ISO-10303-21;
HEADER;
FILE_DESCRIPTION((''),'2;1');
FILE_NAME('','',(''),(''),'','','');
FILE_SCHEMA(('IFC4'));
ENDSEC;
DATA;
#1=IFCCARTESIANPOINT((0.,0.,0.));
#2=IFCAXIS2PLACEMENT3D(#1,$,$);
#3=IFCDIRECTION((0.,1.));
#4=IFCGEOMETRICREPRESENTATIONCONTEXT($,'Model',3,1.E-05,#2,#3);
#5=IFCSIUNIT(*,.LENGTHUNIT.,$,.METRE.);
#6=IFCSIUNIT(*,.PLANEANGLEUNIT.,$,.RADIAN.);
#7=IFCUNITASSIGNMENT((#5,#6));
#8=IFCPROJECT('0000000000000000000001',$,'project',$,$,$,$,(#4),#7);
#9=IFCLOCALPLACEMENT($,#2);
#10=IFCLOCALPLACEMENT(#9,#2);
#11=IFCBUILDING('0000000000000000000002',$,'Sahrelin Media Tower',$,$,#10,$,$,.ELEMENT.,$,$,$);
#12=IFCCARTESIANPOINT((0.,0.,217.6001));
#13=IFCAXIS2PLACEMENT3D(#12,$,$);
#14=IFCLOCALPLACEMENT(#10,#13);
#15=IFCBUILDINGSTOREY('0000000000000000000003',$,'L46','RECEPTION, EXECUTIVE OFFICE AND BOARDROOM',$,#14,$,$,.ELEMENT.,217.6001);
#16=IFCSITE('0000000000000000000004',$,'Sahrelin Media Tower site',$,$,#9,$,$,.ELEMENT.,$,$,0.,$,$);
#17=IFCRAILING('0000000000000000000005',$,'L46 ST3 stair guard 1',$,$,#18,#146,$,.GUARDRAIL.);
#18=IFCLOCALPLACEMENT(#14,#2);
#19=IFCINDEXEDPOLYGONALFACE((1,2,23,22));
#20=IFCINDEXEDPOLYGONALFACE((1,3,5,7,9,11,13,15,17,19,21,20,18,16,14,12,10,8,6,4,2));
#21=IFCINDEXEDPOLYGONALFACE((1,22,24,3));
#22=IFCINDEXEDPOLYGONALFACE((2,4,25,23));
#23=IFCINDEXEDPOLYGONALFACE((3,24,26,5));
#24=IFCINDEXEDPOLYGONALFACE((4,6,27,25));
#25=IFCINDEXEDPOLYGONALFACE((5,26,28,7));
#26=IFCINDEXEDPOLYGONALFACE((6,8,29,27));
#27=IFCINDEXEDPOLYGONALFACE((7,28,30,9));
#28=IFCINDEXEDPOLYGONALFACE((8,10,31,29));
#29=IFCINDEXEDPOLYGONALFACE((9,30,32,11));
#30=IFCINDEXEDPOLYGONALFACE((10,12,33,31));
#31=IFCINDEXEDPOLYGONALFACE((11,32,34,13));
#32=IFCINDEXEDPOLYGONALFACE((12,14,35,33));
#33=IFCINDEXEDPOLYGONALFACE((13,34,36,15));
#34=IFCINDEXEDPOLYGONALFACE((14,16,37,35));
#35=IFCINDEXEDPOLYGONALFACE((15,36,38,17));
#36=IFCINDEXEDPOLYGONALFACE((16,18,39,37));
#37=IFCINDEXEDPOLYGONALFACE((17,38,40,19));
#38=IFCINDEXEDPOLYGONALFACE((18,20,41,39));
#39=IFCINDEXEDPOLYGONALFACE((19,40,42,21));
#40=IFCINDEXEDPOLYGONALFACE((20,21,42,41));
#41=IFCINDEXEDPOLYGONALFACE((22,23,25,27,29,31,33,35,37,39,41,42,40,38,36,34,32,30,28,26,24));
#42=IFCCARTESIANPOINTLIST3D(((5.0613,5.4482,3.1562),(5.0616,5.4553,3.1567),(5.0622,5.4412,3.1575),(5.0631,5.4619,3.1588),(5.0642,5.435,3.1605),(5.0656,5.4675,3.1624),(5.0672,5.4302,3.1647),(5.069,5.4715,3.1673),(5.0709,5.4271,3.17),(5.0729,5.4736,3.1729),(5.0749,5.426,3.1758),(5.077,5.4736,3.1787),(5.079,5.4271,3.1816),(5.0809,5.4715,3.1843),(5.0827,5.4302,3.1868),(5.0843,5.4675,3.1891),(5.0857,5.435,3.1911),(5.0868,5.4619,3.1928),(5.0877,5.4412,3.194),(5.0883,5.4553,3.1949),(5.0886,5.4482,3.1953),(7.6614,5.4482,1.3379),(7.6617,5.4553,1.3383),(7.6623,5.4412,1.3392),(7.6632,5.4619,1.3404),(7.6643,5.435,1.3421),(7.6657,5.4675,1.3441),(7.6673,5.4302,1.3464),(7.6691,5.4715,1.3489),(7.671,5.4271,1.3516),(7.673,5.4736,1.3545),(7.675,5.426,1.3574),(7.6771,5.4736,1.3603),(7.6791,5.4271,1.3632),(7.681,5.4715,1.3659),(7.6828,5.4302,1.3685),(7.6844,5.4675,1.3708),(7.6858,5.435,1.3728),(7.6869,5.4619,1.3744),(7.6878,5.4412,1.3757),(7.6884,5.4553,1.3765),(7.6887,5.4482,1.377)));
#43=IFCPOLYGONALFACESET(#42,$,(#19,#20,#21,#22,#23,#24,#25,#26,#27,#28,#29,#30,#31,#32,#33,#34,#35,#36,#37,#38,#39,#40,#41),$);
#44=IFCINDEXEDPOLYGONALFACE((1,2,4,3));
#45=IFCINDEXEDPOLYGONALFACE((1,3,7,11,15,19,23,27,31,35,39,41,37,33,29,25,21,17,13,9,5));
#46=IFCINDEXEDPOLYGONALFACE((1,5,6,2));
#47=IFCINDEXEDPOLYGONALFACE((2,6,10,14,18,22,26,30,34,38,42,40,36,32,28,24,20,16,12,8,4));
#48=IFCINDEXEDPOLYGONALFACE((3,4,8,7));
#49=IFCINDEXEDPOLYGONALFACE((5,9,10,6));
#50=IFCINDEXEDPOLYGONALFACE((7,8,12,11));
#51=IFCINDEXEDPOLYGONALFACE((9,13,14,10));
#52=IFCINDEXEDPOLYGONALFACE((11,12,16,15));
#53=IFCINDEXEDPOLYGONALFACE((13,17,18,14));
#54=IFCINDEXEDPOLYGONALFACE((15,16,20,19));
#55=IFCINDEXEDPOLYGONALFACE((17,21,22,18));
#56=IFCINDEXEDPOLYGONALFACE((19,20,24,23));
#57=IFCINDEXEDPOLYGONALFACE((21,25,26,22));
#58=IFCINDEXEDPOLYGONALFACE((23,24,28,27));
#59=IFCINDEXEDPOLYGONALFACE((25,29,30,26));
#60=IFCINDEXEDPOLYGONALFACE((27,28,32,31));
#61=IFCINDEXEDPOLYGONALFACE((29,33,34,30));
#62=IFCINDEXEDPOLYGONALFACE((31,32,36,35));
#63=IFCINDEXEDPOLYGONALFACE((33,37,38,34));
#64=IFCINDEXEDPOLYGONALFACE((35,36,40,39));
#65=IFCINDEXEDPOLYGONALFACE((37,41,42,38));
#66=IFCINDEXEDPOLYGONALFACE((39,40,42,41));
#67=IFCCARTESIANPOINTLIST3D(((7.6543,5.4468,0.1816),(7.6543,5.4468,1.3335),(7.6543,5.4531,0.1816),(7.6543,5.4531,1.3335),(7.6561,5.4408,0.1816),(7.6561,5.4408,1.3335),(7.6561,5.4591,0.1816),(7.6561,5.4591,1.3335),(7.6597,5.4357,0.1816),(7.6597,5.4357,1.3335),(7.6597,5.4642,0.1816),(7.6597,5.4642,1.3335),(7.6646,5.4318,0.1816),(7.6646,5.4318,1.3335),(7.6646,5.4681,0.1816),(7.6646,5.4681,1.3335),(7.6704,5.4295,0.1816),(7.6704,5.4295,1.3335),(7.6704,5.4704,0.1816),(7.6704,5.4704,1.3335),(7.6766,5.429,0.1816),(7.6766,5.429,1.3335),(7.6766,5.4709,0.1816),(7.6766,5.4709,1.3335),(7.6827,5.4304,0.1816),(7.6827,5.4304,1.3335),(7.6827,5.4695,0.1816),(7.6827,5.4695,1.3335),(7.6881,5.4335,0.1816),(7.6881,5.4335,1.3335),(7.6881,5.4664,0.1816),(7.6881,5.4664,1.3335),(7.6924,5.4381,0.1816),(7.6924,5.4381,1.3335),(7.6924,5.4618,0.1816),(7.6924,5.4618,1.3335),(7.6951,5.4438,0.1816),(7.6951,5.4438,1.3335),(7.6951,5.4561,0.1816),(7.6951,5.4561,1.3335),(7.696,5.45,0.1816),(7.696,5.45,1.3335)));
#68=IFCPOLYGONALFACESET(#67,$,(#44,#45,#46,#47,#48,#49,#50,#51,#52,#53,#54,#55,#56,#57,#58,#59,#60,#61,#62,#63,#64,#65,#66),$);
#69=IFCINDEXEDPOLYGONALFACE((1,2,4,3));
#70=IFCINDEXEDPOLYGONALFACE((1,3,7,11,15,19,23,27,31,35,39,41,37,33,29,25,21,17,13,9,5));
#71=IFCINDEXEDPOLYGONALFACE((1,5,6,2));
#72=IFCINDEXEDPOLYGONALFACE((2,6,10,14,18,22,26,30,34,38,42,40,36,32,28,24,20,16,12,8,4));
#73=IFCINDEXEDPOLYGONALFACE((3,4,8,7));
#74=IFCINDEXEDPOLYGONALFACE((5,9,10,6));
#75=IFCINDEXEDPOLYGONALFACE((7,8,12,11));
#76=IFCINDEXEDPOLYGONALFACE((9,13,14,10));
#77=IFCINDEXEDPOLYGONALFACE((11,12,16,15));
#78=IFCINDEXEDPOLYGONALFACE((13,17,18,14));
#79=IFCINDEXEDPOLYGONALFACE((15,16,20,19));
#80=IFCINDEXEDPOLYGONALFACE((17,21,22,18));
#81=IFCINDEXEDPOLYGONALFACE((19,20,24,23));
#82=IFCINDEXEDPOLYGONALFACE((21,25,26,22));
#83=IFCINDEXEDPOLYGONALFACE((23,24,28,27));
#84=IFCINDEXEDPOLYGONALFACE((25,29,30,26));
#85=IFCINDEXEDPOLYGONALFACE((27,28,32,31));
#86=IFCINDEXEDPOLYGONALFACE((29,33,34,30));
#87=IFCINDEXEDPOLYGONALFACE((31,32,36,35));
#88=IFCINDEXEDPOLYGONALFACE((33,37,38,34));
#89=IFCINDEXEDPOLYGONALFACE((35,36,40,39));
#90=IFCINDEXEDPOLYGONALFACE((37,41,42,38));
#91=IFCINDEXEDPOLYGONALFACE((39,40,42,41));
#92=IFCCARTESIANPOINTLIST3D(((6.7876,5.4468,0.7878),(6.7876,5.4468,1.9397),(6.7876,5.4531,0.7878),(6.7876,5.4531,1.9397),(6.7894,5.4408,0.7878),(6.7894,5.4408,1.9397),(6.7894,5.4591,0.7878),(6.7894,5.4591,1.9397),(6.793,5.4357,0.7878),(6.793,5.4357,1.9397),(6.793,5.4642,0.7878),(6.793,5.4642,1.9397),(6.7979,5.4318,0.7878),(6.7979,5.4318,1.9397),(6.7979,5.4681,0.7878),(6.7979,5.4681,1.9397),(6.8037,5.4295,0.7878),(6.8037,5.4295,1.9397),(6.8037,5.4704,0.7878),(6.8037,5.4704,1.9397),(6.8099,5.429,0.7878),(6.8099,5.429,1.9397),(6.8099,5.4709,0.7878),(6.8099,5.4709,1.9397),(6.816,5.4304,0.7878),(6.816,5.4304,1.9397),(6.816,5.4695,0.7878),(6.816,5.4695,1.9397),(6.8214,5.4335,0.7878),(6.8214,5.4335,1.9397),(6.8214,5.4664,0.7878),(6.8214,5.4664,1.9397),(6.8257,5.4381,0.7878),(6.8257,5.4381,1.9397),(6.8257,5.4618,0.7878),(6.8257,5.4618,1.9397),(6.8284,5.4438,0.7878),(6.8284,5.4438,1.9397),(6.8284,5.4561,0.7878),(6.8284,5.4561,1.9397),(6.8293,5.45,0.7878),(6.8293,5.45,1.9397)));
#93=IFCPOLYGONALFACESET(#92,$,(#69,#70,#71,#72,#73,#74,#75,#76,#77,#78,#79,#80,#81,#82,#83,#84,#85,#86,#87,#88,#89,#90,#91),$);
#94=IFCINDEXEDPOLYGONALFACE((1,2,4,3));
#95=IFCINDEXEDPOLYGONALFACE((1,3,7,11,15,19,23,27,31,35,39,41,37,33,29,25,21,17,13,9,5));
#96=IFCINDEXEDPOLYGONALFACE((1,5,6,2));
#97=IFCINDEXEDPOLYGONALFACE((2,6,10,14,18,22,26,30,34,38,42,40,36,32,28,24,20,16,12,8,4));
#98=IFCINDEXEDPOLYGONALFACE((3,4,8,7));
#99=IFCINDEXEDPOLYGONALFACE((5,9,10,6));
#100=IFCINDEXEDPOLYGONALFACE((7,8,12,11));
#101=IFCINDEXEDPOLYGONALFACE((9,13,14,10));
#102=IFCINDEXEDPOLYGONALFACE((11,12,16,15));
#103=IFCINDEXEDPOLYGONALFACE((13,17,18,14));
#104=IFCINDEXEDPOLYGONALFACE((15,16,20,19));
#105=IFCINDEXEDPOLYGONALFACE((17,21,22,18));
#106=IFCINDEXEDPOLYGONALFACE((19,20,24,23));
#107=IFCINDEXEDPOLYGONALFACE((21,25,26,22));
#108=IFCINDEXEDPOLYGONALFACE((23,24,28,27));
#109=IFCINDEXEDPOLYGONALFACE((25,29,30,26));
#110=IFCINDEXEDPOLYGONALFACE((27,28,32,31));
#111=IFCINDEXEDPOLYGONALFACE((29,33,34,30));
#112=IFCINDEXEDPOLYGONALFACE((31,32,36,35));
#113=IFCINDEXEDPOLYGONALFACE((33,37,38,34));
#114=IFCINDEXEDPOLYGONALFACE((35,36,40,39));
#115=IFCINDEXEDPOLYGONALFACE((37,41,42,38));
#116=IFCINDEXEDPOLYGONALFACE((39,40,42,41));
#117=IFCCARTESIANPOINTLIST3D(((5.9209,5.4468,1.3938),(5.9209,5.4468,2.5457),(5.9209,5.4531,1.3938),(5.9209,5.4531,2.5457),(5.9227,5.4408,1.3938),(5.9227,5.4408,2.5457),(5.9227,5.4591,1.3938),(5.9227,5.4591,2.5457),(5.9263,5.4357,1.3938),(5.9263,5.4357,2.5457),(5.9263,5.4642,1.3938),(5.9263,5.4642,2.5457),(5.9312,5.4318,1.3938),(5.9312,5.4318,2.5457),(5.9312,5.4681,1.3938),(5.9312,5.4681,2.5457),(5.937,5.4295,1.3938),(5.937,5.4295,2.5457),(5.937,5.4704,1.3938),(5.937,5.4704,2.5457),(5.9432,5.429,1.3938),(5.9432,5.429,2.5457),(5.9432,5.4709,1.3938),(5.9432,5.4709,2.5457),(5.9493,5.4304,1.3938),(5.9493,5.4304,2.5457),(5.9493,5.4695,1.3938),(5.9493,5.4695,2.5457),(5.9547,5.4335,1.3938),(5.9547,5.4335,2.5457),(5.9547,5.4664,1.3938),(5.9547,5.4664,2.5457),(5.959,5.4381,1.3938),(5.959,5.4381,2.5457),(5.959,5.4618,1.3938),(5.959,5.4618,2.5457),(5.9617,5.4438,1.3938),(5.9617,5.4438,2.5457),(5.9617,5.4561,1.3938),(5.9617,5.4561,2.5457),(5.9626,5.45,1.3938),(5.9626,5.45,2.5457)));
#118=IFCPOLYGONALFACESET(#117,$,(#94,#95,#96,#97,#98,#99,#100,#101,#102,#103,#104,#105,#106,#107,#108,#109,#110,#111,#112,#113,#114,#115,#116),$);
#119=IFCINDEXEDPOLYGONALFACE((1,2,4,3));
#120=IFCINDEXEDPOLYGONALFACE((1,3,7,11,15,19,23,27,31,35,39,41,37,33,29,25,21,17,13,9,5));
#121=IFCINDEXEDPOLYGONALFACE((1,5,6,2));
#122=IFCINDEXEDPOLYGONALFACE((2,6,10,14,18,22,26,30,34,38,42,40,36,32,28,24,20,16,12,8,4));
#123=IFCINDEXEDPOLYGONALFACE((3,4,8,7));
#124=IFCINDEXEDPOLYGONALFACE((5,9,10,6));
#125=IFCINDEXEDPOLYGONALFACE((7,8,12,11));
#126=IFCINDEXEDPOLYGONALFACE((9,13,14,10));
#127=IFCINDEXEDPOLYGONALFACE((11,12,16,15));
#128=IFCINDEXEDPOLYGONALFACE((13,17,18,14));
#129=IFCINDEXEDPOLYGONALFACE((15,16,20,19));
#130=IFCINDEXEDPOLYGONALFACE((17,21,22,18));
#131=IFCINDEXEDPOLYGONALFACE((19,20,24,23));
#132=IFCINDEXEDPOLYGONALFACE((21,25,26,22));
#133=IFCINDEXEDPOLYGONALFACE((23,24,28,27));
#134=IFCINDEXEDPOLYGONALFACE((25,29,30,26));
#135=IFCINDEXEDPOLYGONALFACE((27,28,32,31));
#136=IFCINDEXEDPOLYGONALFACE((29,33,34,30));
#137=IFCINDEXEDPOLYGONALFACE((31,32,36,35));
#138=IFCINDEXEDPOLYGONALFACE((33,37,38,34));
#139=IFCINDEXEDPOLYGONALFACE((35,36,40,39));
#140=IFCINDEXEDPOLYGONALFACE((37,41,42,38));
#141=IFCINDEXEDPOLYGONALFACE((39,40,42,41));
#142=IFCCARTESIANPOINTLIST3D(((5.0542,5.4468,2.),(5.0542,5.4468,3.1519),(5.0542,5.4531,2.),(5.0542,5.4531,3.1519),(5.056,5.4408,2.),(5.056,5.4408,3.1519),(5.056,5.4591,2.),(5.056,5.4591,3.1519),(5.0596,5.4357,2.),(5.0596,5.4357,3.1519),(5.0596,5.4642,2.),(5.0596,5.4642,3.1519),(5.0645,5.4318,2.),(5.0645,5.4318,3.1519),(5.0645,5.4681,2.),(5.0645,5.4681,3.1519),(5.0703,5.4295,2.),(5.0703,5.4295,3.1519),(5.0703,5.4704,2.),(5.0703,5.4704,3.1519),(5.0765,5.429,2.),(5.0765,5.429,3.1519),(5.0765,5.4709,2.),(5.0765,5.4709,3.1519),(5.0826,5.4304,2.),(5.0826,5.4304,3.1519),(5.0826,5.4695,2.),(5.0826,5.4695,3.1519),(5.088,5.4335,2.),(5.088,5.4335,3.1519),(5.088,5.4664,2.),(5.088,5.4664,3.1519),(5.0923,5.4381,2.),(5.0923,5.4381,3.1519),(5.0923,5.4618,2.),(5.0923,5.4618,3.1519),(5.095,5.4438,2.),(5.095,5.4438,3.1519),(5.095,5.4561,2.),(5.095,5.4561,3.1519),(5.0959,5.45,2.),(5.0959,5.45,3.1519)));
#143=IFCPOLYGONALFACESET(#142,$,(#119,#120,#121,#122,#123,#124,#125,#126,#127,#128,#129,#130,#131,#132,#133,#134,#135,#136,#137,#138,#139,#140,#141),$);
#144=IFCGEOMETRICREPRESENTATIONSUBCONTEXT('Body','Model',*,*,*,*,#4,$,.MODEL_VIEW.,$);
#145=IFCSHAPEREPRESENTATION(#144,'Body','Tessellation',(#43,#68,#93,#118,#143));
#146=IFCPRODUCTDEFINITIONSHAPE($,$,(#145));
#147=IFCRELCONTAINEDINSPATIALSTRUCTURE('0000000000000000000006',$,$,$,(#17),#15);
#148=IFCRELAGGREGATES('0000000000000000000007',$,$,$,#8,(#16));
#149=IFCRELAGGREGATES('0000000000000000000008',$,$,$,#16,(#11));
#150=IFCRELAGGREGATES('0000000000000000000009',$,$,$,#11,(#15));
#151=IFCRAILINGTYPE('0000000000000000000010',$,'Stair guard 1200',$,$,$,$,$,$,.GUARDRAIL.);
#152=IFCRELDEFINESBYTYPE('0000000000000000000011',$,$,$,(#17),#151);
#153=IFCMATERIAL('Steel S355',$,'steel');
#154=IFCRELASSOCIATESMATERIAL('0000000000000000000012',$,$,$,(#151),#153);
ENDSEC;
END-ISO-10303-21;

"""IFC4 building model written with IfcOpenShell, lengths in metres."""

from ifc_helpers import new_model, si_unit, direction, frame, origin, origin_2d, place, context, subcontext, project, spatial, circle, extrude, material, type_object, element, save


model = new_model("IFC4")

# Units and contexts
model_context = context("Model", 3, precision=1e-05, world=origin(), true_north=direction((0.0, 1.0)))
body_context = subcontext(model_context, "Body", "Model", "MODEL_VIEW")
ifc_project = project(units=[si_unit("LENGTHUNIT", "METRE"), si_unit("PLANEANGLEUNIT", "RADIAN")], contexts=[model_context])

# Site, building, storey
site_placement = place(None, origin())
site = spatial("IfcSite", under=ifc_project, at=site_placement, Name="Sahrelin Media Tower site", CompositionType="ELEMENT", RefElevation=0.0)
building_placement = place(site_placement, origin())
building = spatial("IfcBuilding", under=site, at=building_placement, Name="Sahrelin Media Tower", CompositionType="ELEMENT")
storey_placement = place(building_placement, frame((0.0, 0.0, 217.6001)))
storey = spatial("IfcBuildingStorey", under=building, at=storey_placement, Name="L46", Description="RECEPTION, EXECUTIVE OFFICE AND BOARDROOM", CompositionType="ELEMENT", Elevation=217.6001)

# Shared definitions
ifc_material_1 = material(Name="Steel S355", Category="steel")

# Railing
railing_type_1 = type_object("IfcRailingType", Name="Stair guard 1200", PredefinedType="GUARDRAIL", material=ifc_material_1)
railing_1_placement = place(storey_placement, frame((7.675, 5.45, 0.1816)))
element("IfcRailing", 1, at=railing_1_placement, inside=storey, type_object=railing_type_1, Name="L46 ST3 stair guard 1", PredefinedType="GUARDRAIL", context=body_context, shape_type="SweptSolid", body=[
    extrude(circle(Radius=0.0239, at=origin_2d()), frame((0.0, 0.0, 1.1758), z_axis=(-0.819485, 0.0, 0.573101), x_axis=(0.0, -1.0, 0.0)), (0.0, 0.0, 1.0), 3.1729),
    extrude(circle(Radius=0.021, at=origin_2d()), origin(), (0.0, 0.0, 1.0), 1.1519),
    extrude(circle(Radius=0.021, at=origin_2d()), frame((-0.8667, 0.0, 0.6062)), (0.0, 0.0, 1.0), 1.1519),
    extrude(circle(Radius=0.021, at=origin_2d()), frame((-1.7334, 0.0, 1.2122)), (0.0, 0.0, 1.0), 1.1519),
    extrude(circle(Radius=0.021, at=origin_2d()), frame((-2.6001, 0.0, 1.8184)), (0.0, 0.0, 1.0), 1.1519),
])

save(model, "model.ifc")
